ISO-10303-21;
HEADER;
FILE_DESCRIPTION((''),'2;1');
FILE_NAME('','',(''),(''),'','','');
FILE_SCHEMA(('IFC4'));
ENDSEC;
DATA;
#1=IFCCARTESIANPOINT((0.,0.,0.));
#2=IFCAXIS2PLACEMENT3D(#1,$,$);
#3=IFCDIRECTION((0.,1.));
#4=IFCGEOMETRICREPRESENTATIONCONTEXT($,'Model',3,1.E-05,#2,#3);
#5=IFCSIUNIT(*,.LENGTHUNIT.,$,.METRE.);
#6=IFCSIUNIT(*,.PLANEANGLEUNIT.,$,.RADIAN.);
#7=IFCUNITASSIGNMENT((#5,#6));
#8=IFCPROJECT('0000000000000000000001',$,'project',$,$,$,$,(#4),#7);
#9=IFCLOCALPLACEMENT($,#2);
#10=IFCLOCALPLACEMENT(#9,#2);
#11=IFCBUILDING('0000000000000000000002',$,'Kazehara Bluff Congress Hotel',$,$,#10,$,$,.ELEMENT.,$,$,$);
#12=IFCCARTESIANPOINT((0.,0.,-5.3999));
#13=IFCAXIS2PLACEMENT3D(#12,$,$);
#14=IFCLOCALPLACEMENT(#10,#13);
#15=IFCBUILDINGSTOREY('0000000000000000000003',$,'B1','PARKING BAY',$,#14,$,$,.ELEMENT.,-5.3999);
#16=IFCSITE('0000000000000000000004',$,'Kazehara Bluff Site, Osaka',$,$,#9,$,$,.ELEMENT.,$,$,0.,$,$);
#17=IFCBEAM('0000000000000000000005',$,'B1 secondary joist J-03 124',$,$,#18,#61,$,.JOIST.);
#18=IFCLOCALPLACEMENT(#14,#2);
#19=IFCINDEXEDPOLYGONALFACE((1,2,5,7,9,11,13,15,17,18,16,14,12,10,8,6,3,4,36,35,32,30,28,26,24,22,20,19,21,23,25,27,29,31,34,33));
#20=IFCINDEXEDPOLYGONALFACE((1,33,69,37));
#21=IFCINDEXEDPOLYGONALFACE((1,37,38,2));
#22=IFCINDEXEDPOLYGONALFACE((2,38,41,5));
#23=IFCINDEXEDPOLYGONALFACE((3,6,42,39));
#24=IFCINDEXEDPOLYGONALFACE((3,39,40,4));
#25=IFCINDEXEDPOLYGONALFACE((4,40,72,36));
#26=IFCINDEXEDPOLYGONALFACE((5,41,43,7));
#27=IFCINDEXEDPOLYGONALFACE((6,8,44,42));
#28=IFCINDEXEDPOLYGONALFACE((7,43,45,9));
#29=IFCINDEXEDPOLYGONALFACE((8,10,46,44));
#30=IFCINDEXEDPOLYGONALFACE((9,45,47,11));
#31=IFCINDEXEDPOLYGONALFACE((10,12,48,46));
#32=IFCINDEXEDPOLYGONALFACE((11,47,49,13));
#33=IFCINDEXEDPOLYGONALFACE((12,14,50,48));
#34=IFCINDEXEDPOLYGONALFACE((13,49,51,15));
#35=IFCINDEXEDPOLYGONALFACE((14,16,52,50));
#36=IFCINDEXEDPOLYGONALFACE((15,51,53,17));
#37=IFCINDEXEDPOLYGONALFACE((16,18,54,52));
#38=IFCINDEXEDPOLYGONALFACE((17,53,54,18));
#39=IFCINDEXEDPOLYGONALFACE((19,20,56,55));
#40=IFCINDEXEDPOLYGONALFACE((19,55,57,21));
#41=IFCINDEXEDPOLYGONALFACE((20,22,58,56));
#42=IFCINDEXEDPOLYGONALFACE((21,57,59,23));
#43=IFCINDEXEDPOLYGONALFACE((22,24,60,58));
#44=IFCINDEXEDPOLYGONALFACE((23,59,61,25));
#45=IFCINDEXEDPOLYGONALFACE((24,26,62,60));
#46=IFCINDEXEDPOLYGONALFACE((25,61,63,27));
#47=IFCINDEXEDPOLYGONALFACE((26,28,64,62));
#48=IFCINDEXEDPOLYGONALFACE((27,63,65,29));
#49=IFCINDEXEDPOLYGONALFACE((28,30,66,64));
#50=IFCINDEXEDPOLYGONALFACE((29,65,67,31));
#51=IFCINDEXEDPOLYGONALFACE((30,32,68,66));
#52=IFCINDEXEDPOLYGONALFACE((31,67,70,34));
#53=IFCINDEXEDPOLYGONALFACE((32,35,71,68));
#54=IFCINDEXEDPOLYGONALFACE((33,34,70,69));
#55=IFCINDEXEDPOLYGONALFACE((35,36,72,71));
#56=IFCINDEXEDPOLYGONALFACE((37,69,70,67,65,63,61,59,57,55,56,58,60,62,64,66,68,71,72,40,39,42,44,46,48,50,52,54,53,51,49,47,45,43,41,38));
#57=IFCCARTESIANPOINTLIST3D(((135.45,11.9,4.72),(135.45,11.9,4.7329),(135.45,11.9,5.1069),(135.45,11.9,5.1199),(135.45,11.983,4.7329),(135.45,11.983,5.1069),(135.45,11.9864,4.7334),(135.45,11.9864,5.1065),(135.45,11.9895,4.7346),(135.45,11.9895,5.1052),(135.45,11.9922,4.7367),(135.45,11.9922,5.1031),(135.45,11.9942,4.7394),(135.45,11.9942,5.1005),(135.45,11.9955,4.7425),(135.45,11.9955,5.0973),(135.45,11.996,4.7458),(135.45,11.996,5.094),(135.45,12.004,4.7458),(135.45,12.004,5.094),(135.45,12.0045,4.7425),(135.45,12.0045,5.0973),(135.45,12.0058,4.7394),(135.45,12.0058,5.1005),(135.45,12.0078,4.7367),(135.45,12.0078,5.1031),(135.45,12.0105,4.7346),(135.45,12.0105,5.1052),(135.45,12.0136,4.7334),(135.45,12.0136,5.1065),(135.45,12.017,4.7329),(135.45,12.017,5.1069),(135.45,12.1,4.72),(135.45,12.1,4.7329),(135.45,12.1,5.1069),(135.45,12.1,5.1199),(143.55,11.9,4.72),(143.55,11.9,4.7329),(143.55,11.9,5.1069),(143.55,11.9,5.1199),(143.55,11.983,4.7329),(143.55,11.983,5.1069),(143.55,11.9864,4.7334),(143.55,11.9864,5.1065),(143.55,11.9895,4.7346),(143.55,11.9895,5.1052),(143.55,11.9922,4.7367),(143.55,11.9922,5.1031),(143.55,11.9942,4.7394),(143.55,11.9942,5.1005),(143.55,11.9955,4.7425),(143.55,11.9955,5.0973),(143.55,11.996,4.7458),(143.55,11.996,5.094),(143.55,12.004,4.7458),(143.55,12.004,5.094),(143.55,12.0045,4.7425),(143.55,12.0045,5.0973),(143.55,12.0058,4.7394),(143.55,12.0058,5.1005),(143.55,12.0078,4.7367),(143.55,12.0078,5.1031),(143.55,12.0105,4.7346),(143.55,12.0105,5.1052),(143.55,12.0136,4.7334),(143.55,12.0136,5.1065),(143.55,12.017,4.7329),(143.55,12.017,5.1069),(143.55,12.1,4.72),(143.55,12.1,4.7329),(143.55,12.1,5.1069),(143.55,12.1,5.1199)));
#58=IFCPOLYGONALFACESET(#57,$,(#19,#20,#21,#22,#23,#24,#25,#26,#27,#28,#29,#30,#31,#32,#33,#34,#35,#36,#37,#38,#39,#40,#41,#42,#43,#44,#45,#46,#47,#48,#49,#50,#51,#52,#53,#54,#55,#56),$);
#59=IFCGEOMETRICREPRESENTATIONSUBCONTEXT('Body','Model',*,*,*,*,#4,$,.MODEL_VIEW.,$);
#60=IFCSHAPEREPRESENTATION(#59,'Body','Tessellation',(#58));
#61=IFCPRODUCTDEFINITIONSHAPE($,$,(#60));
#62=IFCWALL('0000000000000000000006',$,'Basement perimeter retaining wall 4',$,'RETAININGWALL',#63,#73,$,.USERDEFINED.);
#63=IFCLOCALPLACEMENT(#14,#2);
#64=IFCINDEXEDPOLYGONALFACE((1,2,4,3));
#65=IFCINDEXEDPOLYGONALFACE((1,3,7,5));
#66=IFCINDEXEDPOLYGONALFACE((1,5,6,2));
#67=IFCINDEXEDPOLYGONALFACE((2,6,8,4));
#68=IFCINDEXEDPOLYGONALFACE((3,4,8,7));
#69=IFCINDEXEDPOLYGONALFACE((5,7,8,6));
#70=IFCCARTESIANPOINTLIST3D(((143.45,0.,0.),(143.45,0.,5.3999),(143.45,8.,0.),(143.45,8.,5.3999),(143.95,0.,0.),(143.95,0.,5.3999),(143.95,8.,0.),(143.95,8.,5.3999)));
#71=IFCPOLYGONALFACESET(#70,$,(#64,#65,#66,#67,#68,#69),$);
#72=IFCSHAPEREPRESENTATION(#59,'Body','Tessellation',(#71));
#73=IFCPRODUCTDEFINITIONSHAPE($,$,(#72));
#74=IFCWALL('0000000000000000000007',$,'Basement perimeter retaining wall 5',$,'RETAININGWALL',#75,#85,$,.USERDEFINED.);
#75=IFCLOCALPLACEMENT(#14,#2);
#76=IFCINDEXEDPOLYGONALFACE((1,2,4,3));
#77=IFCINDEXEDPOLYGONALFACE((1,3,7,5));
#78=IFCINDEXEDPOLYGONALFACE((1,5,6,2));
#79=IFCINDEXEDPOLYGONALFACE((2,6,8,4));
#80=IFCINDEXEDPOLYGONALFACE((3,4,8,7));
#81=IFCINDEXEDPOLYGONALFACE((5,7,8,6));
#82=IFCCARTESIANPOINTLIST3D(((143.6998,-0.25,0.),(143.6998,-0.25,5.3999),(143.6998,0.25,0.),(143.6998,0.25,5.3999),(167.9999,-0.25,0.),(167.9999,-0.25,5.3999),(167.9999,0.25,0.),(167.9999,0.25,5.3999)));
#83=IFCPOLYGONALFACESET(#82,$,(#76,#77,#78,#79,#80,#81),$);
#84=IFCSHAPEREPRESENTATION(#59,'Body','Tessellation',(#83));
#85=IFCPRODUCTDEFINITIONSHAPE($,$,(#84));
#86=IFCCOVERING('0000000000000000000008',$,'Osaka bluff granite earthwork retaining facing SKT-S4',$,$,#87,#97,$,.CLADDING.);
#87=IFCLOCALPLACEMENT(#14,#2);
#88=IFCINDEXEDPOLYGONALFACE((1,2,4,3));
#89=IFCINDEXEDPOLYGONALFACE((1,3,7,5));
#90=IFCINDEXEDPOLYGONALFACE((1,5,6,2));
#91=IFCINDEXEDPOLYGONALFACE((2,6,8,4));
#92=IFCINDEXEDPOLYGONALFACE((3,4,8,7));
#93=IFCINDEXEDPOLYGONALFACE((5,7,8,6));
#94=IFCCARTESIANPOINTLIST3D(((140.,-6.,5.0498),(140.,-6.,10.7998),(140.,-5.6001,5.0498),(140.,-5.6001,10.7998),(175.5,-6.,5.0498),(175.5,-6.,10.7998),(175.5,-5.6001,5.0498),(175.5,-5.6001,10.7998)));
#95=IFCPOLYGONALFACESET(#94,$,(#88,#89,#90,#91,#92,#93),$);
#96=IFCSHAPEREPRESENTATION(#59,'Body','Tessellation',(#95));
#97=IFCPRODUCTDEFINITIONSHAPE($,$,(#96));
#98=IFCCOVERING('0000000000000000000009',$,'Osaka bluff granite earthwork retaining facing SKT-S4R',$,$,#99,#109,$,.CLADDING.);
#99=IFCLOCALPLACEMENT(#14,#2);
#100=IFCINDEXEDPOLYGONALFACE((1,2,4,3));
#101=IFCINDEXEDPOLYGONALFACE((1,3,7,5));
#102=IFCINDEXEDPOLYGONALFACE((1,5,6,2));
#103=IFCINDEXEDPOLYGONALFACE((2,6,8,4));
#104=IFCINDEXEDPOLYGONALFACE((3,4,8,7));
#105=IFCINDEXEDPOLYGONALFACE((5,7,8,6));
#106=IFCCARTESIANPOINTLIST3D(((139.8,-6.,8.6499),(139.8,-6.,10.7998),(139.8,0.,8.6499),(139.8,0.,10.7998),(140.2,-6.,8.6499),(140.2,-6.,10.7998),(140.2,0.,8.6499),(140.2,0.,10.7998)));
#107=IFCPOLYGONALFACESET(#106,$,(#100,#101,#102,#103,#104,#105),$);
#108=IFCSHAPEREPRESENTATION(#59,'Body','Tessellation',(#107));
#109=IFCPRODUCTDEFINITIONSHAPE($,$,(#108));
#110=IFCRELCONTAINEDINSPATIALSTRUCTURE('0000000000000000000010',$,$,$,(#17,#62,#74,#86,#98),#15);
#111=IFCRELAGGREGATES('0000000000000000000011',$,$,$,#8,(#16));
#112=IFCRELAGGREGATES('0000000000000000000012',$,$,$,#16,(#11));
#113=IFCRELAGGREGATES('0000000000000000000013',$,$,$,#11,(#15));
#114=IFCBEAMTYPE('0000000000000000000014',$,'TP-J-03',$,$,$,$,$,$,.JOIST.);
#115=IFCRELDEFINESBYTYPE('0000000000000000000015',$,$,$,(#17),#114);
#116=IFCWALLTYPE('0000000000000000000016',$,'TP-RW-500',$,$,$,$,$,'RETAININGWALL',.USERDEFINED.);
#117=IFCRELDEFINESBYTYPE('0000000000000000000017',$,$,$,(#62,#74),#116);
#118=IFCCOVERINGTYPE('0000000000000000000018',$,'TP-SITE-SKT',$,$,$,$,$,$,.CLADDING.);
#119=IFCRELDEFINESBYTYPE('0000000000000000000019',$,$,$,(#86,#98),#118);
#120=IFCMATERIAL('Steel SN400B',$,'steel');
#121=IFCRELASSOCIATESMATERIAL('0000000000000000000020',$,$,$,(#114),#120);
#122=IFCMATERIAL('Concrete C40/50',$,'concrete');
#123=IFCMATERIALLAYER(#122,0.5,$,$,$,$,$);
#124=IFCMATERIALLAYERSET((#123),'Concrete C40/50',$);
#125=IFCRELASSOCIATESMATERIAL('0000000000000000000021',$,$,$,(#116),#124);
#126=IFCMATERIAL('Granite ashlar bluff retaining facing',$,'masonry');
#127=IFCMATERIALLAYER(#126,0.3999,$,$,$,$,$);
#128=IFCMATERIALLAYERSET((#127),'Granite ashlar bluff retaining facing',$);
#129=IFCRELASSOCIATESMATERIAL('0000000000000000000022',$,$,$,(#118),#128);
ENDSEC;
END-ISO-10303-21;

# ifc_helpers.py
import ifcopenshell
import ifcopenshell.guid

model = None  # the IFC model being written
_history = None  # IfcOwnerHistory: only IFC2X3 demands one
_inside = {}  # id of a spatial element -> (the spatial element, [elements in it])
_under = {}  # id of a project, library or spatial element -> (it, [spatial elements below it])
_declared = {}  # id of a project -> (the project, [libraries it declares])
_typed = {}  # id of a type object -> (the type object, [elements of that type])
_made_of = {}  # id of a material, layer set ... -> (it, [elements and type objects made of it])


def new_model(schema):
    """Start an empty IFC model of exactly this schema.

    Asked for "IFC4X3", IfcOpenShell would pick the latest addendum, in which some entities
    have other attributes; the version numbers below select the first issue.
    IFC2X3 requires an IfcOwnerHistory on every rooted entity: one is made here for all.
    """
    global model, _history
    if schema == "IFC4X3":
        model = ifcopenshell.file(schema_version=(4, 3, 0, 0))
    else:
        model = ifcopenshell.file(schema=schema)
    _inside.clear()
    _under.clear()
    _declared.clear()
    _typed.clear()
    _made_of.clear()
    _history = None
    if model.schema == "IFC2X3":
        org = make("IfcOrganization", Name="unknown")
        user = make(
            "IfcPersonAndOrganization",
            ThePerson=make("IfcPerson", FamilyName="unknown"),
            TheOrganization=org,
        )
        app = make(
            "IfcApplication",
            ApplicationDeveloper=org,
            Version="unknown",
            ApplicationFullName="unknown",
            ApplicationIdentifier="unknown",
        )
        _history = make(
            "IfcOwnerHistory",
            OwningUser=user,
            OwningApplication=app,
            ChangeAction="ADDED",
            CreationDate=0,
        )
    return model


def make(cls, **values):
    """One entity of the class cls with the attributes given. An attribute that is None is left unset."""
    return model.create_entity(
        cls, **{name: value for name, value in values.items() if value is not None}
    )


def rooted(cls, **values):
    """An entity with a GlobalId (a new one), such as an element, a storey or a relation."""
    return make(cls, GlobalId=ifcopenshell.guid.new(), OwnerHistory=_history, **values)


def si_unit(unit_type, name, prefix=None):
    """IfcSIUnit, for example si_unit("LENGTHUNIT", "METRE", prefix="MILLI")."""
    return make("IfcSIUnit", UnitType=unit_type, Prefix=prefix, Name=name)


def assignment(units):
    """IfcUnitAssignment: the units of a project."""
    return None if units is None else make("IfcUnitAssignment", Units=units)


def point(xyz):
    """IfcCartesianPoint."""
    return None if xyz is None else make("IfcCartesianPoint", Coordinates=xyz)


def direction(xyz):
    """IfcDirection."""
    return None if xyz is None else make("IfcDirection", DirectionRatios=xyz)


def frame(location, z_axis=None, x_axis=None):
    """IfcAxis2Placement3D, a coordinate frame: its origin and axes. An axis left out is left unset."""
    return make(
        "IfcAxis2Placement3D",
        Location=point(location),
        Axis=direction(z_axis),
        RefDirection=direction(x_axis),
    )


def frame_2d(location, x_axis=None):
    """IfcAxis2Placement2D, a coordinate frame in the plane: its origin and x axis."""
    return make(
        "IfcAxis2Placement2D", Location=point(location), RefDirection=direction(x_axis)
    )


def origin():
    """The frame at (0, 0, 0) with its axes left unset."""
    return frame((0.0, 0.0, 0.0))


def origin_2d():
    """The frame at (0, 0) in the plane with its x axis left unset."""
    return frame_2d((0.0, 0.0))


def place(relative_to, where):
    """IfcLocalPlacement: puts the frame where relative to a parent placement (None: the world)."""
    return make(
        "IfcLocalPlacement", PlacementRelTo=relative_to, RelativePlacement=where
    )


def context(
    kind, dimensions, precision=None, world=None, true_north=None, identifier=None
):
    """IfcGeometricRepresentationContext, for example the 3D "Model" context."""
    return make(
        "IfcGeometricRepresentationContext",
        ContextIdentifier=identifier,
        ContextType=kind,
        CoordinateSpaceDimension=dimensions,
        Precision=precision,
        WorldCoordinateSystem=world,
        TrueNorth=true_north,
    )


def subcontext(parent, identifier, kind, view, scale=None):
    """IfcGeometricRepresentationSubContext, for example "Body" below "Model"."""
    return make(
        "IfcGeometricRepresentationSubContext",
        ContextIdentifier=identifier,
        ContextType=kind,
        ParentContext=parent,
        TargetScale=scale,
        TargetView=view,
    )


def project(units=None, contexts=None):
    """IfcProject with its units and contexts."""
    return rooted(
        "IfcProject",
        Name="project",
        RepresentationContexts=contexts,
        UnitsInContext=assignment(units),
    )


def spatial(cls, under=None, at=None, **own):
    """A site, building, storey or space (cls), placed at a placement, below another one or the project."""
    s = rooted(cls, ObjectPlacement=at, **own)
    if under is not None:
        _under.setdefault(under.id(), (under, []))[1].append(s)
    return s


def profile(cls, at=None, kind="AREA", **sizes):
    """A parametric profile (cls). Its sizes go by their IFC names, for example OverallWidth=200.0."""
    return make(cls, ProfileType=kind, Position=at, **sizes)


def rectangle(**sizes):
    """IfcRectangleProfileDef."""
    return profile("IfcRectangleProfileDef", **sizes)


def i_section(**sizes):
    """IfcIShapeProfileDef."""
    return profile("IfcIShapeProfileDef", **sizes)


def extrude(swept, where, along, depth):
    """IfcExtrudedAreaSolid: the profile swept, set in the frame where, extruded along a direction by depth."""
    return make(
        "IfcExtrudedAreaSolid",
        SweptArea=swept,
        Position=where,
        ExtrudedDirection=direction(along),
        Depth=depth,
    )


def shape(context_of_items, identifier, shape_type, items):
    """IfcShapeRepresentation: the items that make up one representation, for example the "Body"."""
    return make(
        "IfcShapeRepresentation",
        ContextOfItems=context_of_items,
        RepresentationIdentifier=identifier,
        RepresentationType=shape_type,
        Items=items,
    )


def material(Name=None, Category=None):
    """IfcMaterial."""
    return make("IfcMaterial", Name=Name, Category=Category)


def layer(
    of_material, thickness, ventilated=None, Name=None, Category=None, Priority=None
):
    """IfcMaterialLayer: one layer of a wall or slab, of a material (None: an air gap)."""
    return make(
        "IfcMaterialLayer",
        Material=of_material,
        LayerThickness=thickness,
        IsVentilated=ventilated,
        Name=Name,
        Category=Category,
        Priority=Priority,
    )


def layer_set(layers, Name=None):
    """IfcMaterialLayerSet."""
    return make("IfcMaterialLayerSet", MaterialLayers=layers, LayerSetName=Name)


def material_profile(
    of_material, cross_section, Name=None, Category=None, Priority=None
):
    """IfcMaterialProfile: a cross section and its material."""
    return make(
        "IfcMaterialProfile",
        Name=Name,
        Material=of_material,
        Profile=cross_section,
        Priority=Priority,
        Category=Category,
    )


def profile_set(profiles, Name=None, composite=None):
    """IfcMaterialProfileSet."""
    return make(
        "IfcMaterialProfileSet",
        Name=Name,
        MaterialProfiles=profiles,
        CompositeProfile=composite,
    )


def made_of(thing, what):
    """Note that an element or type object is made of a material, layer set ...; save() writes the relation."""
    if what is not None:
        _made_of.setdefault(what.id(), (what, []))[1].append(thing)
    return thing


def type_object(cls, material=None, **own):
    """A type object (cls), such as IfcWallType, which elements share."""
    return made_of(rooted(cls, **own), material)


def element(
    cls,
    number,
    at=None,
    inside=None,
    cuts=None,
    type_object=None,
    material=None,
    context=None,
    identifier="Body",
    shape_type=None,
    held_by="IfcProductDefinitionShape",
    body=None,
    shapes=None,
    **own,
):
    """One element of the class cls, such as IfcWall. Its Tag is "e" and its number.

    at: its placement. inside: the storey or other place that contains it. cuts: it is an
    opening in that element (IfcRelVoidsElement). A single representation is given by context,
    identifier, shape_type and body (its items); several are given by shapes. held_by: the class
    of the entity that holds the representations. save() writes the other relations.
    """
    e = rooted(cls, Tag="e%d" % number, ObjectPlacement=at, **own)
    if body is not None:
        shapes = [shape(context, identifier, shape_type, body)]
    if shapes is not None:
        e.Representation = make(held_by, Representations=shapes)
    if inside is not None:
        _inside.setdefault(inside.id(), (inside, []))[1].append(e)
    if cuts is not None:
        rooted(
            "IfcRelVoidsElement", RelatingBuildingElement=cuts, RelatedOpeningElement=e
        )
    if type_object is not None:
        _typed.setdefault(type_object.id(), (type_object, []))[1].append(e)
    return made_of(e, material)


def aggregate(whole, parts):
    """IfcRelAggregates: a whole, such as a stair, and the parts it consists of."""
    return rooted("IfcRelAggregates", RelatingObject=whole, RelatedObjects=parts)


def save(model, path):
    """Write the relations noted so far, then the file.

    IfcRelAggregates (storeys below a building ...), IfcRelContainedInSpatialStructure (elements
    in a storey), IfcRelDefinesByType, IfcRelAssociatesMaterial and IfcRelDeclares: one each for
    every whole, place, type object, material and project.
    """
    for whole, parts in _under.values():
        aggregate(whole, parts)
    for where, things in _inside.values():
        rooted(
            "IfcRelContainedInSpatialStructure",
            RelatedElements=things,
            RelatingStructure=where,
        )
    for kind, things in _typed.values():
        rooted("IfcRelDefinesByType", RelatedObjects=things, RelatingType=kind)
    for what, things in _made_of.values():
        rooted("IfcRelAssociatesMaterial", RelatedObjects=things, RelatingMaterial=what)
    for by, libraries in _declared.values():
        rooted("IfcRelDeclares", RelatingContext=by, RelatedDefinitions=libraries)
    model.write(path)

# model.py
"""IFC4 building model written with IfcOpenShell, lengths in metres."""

from ifc_helpers import new_model, si_unit, direction, frame, frame_2d, origin, origin_2d, place, context, subcontext, project, spatial, rectangle, i_section, extrude, material, layer, layer_set, material_profile, profile_set, type_object, element, save


model = new_model("IFC4")

# Units and contexts
model_context = context("Model", 3, precision=1e-05, world=origin(), true_north=direction((0.0, 1.0)))
body_context = subcontext(model_context, "Body", "Model", "MODEL_VIEW")
ifc_project = project(units=[si_unit("LENGTHUNIT", "METRE"), si_unit("PLANEANGLEUNIT", "RADIAN")], contexts=[model_context])

# Site, building, storey
site_placement = place(None, origin())
site = spatial("IfcSite", under=ifc_project, at=site_placement, Name="Kazehara Bluff Site, Osaka", CompositionType="ELEMENT", RefElevation=0.0)
building_placement = place(site_placement, origin())
building = spatial("IfcBuilding", under=site, at=building_placement, Name="Kazehara Bluff Congress Hotel", CompositionType="ELEMENT")
storey_placement = place(building_placement, frame((0.0, 0.0, -5.3999)))
storey = spatial("IfcBuildingStorey", under=building, at=storey_placement, Name="B1", Description="PARKING BAY", CompositionType="ELEMENT", Elevation=-5.3999)

# Beam
ifc_material_1 = material(Name="Steel SN400B", Category="steel")
ifc_material_profile_1 = material_profile(ifc_material_1, i_section(OverallWidth=0.2, OverallDepth=0.3999, WebThickness=0.0081, FlangeThickness=0.0129, FilletRadius=0.0129, at=origin_2d()))
ifc_profile_set_1 = profile_set([ifc_material_profile_1], Name="Steel SN400B")
beam_type_1 = type_object("IfcBeamType", Name="TP-J-03", PredefinedType="JOIST", material=ifc_profile_set_1)
beam_1_placement = place(storey_placement, frame((135.45, 12.0, 4.9199), z_axis=(1.0, 0.0, 0.0), x_axis=(0.0, 1.0, 0.0)))
element("IfcBeam", 1, at=beam_1_placement, inside=storey, type_object=beam_type_1, Name="B1 secondary joist J-03 124", PredefinedType="JOIST", context=body_context, shape_type="SweptSolid", body=[
    extrude(i_section(OverallWidth=0.2, OverallDepth=0.3999, WebThickness=0.0081, FlangeThickness=0.0129, FilletRadius=0.0129, at=origin_2d()), origin(), (0.0, 0.0, 1.0), 8.1001),
])

# Walls
ifc_material_2 = material(Name="Concrete C40/50", Category="concrete")
ifc_layer_1 = layer(ifc_material_2, 0.5)
ifc_layer_set_1 = layer_set([ifc_layer_1], Name="Concrete C40/50")
wall_type = type_object("IfcWallType", Name="TP-RW-500", ElementType="RETAININGWALL", PredefinedType="USERDEFINED", material=ifc_layer_set_1)
wall_1_placement = place(storey_placement, frame((143.7, 8.0, 0.0), z_axis=(0.0, 0.0, 1.0), x_axis=(0.0, -1.0, 0.0)))
element("IfcWall", 2, at=wall_1_placement, inside=storey, type_object=wall_type, Name="Basement perimeter retaining wall 4", ObjectType="RETAININGWALL", PredefinedType="USERDEFINED", context=body_context, shape_type="SweptSolid", body=[
    extrude(rectangle(XDim=8.0, YDim=0.5, at=frame_2d((4.0, 0.0))), origin(), (0.0, 0.0, 1.0), 5.3999),
])
wall_2_placement = place(storey_placement, frame((143.7, 0.0, 0.0), z_axis=(0.0, 0.0, 1.0), x_axis=(1.0, 0.0, 0.0)))
element("IfcWall", 3, at=wall_2_placement, inside=storey, type_object=wall_type, Name="Basement perimeter retaining wall 5", ObjectType="RETAININGWALL", PredefinedType="USERDEFINED", context=body_context, shape_type="SweptSolid", body=[
    extrude(rectangle(XDim=24.3, YDim=0.5, at=frame_2d((12.1499, 0.0))), origin(), (0.0, 0.0, 1.0), 5.3999),
])

# Coverings
ifc_material_3 = material(Name="Granite ashlar bluff retaining facing", Category="masonry")
ifc_layer_2 = layer(ifc_material_3, 0.3999)
ifc_layer_set_2 = layer_set([ifc_layer_2], Name="Granite ashlar bluff retaining facing")
covering_type = type_object("IfcCoveringType", Name="TP-SITE-SKT", PredefinedType="CLADDING", material=ifc_layer_set_2)
covering_1_placement = place(storey_placement, frame((140.0, -5.8, 5.0498), z_axis=(0.0, 0.0, 1.0), x_axis=(1.0, 0.0, 0.0)))
element("IfcCovering", 4, at=covering_1_placement, inside=storey, type_object=covering_type, Name="Osaka bluff granite earthwork retaining facing SKT-S4", PredefinedType="CLADDING", context=body_context, shape_type="SweptSolid", body=[
    extrude(rectangle(XDim=35.5, YDim=0.3999, at=frame_2d((17.75, 0.0))), origin(), (0.0, 0.0, 1.0), 5.75),
])
covering_2_placement = place(storey_placement, frame((140.0, -6.0, 8.6499), z_axis=(0.0, 0.0, 1.0), x_axis=(0.0, 1.0, 0.0)))
element("IfcCovering", 5, at=covering_2_placement, inside=storey, type_object=covering_type, Name="Osaka bluff granite earthwork retaining facing SKT-S4R", PredefinedType="CLADDING", context=body_context, shape_type="SweptSolid", body=[
    extrude(rectangle(XDim=6.0, YDim=0.3999, at=frame_2d((3.0, 0.0))), origin(), (0.0, 0.0, 1.0), 2.1499),
])

save(model, "model.ifc")
